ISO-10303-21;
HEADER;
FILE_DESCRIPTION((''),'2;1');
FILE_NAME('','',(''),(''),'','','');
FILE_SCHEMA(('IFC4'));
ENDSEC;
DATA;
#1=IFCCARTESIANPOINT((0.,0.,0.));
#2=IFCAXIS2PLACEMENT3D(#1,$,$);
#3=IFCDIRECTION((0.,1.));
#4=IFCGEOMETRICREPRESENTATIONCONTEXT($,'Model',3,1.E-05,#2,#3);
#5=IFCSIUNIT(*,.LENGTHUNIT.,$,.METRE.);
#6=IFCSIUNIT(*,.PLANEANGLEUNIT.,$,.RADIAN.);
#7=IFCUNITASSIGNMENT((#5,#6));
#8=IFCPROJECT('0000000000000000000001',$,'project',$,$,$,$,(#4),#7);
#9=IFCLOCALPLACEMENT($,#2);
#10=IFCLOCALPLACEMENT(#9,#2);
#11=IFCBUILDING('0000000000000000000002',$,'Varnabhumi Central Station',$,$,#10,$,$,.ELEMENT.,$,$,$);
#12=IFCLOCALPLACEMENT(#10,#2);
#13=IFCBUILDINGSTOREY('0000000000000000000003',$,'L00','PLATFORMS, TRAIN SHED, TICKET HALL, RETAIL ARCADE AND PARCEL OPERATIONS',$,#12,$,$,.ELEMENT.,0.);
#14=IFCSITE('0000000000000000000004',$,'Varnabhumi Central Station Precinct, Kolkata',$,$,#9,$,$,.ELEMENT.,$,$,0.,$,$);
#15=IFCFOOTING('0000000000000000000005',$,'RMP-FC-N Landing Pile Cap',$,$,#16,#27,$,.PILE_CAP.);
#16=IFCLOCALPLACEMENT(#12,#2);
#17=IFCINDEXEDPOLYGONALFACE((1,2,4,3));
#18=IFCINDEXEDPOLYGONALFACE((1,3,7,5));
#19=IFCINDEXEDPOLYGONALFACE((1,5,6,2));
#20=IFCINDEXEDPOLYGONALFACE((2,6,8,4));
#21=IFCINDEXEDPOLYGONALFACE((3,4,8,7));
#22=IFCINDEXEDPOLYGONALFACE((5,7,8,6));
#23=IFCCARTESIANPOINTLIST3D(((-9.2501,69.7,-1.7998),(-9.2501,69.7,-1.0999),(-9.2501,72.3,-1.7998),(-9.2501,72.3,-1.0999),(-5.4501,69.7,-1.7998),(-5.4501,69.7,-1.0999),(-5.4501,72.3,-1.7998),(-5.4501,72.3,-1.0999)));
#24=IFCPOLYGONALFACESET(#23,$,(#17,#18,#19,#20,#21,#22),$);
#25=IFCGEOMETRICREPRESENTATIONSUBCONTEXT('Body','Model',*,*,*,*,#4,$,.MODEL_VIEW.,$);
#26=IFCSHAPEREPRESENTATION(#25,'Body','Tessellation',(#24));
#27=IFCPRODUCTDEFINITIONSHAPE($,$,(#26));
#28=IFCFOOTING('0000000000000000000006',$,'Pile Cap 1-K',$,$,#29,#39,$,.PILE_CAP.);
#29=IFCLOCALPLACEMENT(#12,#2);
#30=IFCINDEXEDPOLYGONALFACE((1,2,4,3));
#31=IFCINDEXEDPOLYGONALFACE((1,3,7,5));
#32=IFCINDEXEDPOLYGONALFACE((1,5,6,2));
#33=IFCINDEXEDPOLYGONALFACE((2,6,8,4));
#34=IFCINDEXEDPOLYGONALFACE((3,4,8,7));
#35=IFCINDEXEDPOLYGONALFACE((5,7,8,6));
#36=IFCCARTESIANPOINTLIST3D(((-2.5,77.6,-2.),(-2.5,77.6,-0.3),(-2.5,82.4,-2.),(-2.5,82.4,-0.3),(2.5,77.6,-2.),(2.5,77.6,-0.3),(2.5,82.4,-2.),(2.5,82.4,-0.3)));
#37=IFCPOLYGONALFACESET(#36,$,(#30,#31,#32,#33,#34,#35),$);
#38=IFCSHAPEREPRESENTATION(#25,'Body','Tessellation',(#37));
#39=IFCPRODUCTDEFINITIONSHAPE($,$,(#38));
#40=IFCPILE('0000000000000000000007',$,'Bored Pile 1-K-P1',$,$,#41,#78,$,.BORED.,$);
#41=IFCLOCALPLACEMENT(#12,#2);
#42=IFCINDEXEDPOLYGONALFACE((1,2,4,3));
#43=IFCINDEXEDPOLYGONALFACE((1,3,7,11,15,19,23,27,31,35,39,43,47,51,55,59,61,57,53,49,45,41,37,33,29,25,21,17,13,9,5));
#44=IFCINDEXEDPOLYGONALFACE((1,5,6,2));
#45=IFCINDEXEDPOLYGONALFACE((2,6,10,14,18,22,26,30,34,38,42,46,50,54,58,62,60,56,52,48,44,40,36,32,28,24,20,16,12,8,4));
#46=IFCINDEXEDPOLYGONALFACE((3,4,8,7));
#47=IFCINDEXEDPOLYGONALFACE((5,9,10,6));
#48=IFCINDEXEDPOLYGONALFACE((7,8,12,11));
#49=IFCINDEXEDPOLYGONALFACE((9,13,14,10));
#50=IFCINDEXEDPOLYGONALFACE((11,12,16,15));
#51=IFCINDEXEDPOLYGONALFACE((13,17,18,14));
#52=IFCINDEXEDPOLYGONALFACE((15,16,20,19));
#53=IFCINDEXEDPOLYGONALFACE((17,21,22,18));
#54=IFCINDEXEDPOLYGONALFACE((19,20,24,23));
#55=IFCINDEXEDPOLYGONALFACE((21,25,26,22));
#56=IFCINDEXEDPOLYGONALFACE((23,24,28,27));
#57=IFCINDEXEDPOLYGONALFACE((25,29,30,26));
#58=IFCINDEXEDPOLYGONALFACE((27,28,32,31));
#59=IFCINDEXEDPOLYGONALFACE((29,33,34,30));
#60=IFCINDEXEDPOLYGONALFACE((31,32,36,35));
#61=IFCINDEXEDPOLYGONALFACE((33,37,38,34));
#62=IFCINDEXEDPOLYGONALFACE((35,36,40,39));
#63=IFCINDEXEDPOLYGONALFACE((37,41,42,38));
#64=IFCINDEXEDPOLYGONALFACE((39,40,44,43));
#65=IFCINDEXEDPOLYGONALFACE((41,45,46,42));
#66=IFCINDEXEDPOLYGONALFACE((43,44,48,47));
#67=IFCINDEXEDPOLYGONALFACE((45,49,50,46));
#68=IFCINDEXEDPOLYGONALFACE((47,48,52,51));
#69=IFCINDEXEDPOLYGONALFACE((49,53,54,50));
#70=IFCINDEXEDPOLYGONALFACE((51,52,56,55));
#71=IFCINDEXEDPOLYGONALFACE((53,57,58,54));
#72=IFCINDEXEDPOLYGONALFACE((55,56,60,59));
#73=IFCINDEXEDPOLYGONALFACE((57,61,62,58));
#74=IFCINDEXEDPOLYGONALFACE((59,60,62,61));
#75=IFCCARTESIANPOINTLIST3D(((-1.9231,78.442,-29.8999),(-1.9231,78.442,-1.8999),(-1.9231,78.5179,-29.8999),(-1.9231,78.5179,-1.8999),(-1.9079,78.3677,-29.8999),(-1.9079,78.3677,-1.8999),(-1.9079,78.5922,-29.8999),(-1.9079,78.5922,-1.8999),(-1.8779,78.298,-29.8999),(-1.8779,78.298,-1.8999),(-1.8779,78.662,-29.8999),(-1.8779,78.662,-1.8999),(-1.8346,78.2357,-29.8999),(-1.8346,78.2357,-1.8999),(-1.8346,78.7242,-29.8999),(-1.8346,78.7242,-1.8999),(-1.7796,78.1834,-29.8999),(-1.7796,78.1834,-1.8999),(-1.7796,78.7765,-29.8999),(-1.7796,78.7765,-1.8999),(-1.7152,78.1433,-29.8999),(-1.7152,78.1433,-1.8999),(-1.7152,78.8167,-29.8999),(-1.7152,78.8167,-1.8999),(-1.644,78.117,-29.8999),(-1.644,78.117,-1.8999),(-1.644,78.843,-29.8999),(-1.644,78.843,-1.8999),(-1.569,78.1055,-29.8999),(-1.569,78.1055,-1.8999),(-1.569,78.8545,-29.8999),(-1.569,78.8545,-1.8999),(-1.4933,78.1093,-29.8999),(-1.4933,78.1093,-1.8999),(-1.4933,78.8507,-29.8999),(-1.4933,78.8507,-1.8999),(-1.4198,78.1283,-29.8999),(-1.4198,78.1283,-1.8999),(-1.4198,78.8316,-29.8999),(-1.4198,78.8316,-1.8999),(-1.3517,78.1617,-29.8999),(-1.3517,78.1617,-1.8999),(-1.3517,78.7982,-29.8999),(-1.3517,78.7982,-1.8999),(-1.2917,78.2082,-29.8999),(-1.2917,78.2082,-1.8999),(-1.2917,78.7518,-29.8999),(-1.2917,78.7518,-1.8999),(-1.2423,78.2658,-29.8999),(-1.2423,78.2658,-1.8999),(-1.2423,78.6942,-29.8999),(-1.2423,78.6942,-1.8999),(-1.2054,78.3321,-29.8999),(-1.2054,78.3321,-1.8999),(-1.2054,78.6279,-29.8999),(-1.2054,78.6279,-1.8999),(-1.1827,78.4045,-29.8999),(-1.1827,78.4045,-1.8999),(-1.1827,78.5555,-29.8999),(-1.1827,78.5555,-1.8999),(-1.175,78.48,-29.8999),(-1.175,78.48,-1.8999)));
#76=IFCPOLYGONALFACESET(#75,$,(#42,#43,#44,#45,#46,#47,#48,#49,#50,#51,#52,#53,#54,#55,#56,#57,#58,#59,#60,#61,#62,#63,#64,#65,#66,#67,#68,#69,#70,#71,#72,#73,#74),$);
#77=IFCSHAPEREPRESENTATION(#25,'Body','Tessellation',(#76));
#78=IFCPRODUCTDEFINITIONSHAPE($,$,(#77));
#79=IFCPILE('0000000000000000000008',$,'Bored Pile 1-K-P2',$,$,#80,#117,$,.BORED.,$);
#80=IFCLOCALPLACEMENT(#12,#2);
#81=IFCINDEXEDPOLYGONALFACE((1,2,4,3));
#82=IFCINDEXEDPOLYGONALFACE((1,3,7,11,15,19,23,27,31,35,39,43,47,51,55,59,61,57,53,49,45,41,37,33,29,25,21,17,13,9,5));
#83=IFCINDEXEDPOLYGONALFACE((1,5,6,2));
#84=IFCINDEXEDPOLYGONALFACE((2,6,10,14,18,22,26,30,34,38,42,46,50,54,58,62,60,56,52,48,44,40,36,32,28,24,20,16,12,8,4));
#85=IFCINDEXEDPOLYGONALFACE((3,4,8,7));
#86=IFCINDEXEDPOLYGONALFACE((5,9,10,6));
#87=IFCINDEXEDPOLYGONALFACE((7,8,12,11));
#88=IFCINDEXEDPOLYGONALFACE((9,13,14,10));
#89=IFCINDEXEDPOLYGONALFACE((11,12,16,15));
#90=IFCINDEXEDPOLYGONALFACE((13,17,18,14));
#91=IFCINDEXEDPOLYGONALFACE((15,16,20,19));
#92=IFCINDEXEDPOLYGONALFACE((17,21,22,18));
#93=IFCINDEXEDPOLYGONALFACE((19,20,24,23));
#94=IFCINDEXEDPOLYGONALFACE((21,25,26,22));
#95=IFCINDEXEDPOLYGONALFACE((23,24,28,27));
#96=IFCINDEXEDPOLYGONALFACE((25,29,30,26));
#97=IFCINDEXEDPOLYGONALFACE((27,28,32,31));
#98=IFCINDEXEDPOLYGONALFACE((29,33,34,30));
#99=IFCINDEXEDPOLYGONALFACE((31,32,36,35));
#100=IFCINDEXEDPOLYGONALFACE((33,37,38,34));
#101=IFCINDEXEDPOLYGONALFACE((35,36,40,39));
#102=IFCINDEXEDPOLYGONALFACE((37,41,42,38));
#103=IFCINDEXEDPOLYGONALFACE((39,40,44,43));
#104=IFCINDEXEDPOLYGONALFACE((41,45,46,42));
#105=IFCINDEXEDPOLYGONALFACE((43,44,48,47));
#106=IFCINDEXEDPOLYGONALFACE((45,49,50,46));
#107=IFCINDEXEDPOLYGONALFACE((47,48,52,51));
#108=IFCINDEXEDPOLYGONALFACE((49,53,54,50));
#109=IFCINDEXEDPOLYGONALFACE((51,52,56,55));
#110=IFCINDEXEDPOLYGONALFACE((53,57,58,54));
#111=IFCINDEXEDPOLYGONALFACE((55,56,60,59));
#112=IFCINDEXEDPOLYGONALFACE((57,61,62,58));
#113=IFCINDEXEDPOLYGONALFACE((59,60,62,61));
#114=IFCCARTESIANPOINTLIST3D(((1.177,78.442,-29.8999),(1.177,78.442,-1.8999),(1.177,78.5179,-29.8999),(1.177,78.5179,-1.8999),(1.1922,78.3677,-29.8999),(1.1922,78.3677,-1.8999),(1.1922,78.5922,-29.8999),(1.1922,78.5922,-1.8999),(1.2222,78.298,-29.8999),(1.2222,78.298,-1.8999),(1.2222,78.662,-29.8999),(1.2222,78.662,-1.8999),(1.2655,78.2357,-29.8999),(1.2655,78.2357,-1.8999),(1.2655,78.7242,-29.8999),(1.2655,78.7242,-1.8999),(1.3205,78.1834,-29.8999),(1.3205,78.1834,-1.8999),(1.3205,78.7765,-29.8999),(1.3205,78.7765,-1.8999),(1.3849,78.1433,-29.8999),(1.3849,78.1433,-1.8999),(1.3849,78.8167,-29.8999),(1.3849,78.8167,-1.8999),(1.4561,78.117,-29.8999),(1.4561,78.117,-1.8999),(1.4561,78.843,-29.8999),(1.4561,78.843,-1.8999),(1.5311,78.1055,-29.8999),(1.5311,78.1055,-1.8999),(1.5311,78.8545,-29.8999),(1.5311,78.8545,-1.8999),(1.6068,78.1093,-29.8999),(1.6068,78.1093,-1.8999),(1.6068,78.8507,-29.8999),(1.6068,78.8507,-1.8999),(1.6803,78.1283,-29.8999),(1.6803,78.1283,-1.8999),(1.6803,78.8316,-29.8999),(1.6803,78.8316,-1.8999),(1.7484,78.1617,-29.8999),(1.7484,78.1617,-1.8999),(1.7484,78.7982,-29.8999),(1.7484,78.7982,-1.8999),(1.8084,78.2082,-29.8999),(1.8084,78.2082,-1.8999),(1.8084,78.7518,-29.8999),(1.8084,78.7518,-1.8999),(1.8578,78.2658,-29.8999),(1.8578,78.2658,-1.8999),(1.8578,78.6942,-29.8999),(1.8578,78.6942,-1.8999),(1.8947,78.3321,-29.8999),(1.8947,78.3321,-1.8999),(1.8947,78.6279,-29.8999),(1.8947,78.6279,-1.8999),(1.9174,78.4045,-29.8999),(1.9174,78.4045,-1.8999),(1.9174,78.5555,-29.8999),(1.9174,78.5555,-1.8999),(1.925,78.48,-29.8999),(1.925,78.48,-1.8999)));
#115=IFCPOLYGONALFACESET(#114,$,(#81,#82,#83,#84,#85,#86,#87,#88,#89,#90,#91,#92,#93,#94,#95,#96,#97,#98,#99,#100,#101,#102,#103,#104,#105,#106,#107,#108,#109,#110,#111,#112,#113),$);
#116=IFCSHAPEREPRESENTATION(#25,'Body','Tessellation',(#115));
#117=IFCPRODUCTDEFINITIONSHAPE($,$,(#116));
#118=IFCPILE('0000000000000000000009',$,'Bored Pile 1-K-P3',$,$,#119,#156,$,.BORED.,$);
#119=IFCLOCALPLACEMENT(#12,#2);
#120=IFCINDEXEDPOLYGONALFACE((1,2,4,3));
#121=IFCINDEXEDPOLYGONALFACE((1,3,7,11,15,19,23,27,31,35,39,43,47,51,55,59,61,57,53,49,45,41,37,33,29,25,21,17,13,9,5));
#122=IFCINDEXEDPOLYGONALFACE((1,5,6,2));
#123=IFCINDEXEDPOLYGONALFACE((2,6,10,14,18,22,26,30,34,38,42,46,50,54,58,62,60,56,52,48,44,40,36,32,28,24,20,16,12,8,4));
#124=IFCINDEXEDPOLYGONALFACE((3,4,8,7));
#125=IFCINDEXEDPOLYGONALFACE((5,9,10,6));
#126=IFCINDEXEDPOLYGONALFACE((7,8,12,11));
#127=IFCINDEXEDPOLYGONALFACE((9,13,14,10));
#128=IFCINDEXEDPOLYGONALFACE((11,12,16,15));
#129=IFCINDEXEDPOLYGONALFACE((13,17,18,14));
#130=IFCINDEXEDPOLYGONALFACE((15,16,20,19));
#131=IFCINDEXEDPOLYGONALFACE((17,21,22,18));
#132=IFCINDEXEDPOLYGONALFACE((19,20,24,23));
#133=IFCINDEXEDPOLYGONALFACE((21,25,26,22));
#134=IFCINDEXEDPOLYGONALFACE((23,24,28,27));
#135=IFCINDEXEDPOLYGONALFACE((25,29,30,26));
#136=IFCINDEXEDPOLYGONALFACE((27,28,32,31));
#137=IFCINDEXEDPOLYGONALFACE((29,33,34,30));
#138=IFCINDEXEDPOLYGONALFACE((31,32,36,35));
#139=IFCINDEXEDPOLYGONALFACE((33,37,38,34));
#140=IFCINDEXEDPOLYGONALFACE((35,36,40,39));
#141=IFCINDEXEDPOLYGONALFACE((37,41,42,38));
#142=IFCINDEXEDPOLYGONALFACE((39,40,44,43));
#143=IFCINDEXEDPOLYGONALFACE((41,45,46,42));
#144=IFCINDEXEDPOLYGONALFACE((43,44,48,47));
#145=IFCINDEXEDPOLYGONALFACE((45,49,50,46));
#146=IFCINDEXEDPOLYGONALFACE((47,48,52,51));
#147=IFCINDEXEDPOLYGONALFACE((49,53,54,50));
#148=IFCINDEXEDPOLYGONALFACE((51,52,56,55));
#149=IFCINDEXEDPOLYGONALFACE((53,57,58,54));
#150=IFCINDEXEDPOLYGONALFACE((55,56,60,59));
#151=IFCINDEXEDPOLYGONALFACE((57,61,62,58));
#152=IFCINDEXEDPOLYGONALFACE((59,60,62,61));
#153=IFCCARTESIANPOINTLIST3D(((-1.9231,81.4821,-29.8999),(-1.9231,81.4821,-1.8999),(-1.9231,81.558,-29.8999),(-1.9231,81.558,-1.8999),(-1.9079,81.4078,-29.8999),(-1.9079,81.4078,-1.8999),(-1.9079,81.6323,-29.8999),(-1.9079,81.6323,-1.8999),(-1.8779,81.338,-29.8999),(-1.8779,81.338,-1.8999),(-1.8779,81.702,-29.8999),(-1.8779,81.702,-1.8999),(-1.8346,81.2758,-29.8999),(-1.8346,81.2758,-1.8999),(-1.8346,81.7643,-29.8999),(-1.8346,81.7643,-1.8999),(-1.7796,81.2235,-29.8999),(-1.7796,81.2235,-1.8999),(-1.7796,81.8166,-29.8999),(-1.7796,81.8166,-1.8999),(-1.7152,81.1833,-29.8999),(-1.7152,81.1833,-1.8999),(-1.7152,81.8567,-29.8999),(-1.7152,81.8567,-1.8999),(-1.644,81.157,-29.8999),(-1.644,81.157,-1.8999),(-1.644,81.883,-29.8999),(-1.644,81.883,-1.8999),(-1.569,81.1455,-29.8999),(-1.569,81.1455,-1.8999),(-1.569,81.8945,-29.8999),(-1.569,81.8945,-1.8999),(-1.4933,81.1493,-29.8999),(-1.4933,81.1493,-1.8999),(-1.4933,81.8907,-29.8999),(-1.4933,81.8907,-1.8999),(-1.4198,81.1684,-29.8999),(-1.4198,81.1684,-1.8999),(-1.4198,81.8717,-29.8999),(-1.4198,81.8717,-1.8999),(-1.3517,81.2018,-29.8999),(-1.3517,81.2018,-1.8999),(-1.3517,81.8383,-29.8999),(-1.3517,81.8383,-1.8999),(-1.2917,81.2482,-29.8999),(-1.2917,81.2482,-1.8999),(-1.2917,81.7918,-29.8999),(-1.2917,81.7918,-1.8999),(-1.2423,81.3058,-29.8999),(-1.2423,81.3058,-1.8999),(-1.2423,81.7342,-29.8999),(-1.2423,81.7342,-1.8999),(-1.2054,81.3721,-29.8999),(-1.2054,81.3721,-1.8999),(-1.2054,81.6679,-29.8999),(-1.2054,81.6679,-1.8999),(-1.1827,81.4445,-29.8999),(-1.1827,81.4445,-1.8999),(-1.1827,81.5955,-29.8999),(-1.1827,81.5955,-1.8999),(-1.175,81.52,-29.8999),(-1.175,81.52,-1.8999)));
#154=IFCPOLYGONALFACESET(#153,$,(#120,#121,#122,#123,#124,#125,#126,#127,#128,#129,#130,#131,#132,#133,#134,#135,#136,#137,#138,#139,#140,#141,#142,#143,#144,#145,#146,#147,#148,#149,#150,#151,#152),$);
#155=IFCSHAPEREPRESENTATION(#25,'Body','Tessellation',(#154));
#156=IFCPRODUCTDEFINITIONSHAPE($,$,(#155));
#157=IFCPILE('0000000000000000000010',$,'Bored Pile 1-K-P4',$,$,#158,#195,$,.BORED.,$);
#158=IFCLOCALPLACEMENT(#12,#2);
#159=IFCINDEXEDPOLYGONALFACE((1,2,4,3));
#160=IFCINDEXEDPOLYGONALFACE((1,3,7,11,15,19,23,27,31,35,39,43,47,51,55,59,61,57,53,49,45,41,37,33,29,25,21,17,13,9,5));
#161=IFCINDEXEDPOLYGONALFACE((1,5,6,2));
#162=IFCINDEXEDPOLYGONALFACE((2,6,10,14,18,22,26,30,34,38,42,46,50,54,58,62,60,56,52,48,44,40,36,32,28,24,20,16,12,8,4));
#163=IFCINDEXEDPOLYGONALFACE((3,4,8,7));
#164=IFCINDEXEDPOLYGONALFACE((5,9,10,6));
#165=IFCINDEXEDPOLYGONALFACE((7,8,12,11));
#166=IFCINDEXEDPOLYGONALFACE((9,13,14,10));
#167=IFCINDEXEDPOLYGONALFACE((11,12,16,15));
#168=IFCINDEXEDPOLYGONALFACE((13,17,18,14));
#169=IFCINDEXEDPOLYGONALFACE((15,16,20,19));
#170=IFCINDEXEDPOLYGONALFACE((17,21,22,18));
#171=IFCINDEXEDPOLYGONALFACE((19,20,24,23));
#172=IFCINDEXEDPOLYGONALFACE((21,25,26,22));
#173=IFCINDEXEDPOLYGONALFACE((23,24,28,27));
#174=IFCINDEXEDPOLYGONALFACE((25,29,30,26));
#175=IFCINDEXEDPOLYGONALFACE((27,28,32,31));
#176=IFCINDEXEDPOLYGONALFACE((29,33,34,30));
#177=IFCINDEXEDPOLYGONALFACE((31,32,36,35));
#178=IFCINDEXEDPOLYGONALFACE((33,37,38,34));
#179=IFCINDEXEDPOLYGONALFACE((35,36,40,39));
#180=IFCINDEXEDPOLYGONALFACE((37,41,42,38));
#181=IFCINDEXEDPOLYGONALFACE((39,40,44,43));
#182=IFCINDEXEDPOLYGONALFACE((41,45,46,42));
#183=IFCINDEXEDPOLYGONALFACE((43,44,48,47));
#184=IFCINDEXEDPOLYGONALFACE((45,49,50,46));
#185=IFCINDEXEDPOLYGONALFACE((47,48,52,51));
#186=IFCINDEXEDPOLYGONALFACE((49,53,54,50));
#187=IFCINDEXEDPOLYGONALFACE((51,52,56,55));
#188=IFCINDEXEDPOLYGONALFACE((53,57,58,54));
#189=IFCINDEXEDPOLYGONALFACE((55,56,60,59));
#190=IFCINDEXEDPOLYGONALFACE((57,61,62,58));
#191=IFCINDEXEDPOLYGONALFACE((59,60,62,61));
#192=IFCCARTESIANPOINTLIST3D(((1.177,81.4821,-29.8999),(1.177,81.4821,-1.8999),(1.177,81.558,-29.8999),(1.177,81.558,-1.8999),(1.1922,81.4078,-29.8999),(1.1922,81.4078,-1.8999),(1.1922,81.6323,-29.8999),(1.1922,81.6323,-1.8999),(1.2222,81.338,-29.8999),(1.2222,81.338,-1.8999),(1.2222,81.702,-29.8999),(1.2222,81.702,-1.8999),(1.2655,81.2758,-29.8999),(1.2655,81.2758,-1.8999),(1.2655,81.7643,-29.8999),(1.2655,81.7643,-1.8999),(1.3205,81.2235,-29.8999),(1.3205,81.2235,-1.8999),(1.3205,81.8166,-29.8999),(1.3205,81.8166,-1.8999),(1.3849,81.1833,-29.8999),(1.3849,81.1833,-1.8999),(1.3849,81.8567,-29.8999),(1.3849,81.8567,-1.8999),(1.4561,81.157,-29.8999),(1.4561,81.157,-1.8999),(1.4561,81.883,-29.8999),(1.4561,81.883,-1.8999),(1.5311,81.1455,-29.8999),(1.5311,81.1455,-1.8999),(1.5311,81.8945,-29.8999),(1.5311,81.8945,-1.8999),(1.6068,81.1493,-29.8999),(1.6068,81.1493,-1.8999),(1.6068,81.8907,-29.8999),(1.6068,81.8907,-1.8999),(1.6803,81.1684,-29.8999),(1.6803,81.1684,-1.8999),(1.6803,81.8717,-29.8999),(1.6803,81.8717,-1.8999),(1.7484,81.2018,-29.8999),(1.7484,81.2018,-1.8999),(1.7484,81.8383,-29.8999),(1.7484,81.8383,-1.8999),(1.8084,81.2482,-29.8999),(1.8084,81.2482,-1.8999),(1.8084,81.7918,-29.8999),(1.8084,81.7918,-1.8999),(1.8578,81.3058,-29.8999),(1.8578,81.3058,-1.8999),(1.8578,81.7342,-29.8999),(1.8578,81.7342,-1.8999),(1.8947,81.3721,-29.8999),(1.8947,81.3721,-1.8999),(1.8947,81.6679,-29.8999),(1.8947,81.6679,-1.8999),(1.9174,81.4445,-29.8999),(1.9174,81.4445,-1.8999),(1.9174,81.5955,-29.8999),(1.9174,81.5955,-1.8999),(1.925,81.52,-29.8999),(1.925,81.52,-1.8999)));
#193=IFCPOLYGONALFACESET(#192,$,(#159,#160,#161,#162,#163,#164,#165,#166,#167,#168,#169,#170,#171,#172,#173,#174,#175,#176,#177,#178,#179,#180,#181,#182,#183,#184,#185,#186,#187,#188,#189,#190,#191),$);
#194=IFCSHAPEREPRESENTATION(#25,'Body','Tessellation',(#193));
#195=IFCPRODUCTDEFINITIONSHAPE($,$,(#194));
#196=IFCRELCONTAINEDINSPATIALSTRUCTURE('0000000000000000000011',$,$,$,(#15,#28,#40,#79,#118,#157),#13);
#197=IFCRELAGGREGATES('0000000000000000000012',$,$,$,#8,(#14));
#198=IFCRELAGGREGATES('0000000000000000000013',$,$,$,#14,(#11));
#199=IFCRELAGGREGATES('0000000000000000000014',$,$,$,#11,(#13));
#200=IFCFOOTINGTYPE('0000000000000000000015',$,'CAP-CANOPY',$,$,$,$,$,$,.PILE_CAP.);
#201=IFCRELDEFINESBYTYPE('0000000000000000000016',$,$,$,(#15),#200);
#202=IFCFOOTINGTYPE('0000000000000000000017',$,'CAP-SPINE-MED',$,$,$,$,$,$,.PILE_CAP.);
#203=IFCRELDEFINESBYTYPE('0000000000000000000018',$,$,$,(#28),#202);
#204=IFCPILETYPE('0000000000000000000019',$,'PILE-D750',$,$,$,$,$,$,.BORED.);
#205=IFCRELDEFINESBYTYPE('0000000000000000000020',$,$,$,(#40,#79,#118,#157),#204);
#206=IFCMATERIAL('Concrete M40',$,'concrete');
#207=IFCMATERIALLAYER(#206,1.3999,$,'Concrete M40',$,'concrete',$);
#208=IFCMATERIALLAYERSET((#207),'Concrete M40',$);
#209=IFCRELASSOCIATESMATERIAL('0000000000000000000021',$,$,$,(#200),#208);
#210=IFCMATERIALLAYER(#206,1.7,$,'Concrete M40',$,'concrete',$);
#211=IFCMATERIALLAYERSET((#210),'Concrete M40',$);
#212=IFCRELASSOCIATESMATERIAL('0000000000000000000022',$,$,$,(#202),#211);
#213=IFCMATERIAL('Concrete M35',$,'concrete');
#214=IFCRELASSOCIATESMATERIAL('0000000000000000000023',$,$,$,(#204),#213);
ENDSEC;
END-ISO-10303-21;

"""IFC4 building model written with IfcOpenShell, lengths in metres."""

from ifc_helpers import new_model, si_unit, direction, frame, origin, origin_2d, place, context, subcontext, project, spatial, rectangle, circle, extrude, material, layer, layer_set, material_profile, profile_set, type_object, element, save


model = new_model("IFC4")

# Units and contexts
model_context = context("Model", 3, precision=1e-05, world=origin(), true_north=direction((0.0, 1.0)))
body_context = subcontext(model_context, "Body", "Model", "MODEL_VIEW")
ifc_project = project(units=[si_unit("LENGTHUNIT", "METRE"), si_unit("PLANEANGLEUNIT", "RADIAN")], contexts=[model_context])

# Site, building, storey
site_placement = place(None, origin())
site = spatial("IfcSite", under=ifc_project, at=site_placement, Name="Varnabhumi Central Station Precinct, Kolkata", CompositionType="ELEMENT", RefElevation=0.0)
building_placement = place(site_placement, origin())
building = spatial("IfcBuilding", under=site, at=building_placement, Name="Varnabhumi Central Station", CompositionType="ELEMENT")
storey_placement = place(building_placement, origin())
storey = spatial("IfcBuildingStorey", under=building, at=storey_placement, Name="L00", Description="PLATFORMS, TRAIN SHED, TICKET HALL, RETAIL ARCADE AND PARCEL OPERATIONS", CompositionType="ELEMENT", Elevation=0.0)

# Footings
ifc_material_1 = material(Name="Concrete M40", Category="concrete")
ifc_layer_1 = layer(ifc_material_1, 1.3999, Name="Concrete M40", Category="concrete")
ifc_layer_set_1 = layer_set([ifc_layer_1], Name="Concrete M40")
footing_type_1 = type_object("IfcFootingType", Name="CAP-CANOPY", PredefinedType="PILE_CAP", material=ifc_layer_set_1)
footing_1_placement = place(storey_placement, frame((-7.3501, 71.0, -1.7998), z_axis=(0.0, 0.0, 1.0), x_axis=(1.0, 0.0, 0.0)))
element("IfcFooting", 1, at=footing_1_placement, inside=storey, type_object=footing_type_1, Name="RMP-FC-N Landing Pile Cap", PredefinedType="PILE_CAP", context=body_context, shape_type="SweptSolid", body=[
    extrude(rectangle(XDim=3.8, YDim=2.6001, at=origin_2d()), origin(), (0.0, 0.0, 1.0), 0.7),
])
ifc_layer_2 = layer(ifc_material_1, 1.7, Name="Concrete M40", Category="concrete")
ifc_layer_set_2 = layer_set([ifc_layer_2], Name="Concrete M40")
footing_type_2 = type_object("IfcFootingType", Name="CAP-SPINE-MED", PredefinedType="PILE_CAP", material=ifc_layer_set_2)
footing_2_placement = place(storey_placement, frame((0.0, 80.0, -2.0), z_axis=(0.0, 0.0, 1.0), x_axis=(1.0, 0.0, 0.0)))
element("IfcFooting", 2, at=footing_2_placement, inside=storey, type_object=footing_type_2, Name="Pile Cap 1-K", PredefinedType="PILE_CAP", context=body_context, shape_type="SweptSolid", body=[
    extrude(rectangle(XDim=5.0, YDim=4.8, at=origin_2d()), origin(), (0.0, 0.0, 1.0), 1.7),
])

# Piles
ifc_material_2 = material(Name="Concrete M35", Category="concrete")
ifc_material_profile_1 = material_profile(ifc_material_2, circle(Radius=0.375, at=origin_2d()), Name="Concrete M35", Category="concrete")
ifc_profile_set_1 = profile_set([ifc_material_profile_1], Name="Concrete M35")
pile_type_1 = type_object("IfcPileType", Name="PILE-D750", PredefinedType="BORED", material=ifc_profile_set_1)
for number, where, z_axis, x_axis, name in (
    (3, (-1.55, 78.48, -1.8999), (0.0, 0.0, -1.0), (1.0, 0.0, 0.0), "Bored Pile 1-K-P1"),
    (4, (1.55, 78.48, -1.8999), (0.0, 0.0, -1.0), (1.0, 0.0, 0.0), "Bored Pile 1-K-P2"),
    (5, (-1.55, 81.52, -1.8999), (0.0, 0.0, -1.0), (1.0, 0.0, 0.0), "Bored Pile 1-K-P3"),
    (6, (1.55, 81.52, -1.8999), (0.0, 0.0, -1.0), (1.0, 0.0, 0.0), "Bored Pile 1-K-P4"),
):
    element("IfcPile", number, at=place(storey_placement, frame(where, z_axis=z_axis, x_axis=x_axis)), inside=storey, type_object=pile_type_1, Name=name, PredefinedType="BORED", context=body_context, shape_type="SweptSolid", body=[
        extrude(circle(Radius=0.375, at=origin_2d()), origin(), (0.0, 0.0, 1.0), 28.0),
    ])

save(model, "model.ifc")
